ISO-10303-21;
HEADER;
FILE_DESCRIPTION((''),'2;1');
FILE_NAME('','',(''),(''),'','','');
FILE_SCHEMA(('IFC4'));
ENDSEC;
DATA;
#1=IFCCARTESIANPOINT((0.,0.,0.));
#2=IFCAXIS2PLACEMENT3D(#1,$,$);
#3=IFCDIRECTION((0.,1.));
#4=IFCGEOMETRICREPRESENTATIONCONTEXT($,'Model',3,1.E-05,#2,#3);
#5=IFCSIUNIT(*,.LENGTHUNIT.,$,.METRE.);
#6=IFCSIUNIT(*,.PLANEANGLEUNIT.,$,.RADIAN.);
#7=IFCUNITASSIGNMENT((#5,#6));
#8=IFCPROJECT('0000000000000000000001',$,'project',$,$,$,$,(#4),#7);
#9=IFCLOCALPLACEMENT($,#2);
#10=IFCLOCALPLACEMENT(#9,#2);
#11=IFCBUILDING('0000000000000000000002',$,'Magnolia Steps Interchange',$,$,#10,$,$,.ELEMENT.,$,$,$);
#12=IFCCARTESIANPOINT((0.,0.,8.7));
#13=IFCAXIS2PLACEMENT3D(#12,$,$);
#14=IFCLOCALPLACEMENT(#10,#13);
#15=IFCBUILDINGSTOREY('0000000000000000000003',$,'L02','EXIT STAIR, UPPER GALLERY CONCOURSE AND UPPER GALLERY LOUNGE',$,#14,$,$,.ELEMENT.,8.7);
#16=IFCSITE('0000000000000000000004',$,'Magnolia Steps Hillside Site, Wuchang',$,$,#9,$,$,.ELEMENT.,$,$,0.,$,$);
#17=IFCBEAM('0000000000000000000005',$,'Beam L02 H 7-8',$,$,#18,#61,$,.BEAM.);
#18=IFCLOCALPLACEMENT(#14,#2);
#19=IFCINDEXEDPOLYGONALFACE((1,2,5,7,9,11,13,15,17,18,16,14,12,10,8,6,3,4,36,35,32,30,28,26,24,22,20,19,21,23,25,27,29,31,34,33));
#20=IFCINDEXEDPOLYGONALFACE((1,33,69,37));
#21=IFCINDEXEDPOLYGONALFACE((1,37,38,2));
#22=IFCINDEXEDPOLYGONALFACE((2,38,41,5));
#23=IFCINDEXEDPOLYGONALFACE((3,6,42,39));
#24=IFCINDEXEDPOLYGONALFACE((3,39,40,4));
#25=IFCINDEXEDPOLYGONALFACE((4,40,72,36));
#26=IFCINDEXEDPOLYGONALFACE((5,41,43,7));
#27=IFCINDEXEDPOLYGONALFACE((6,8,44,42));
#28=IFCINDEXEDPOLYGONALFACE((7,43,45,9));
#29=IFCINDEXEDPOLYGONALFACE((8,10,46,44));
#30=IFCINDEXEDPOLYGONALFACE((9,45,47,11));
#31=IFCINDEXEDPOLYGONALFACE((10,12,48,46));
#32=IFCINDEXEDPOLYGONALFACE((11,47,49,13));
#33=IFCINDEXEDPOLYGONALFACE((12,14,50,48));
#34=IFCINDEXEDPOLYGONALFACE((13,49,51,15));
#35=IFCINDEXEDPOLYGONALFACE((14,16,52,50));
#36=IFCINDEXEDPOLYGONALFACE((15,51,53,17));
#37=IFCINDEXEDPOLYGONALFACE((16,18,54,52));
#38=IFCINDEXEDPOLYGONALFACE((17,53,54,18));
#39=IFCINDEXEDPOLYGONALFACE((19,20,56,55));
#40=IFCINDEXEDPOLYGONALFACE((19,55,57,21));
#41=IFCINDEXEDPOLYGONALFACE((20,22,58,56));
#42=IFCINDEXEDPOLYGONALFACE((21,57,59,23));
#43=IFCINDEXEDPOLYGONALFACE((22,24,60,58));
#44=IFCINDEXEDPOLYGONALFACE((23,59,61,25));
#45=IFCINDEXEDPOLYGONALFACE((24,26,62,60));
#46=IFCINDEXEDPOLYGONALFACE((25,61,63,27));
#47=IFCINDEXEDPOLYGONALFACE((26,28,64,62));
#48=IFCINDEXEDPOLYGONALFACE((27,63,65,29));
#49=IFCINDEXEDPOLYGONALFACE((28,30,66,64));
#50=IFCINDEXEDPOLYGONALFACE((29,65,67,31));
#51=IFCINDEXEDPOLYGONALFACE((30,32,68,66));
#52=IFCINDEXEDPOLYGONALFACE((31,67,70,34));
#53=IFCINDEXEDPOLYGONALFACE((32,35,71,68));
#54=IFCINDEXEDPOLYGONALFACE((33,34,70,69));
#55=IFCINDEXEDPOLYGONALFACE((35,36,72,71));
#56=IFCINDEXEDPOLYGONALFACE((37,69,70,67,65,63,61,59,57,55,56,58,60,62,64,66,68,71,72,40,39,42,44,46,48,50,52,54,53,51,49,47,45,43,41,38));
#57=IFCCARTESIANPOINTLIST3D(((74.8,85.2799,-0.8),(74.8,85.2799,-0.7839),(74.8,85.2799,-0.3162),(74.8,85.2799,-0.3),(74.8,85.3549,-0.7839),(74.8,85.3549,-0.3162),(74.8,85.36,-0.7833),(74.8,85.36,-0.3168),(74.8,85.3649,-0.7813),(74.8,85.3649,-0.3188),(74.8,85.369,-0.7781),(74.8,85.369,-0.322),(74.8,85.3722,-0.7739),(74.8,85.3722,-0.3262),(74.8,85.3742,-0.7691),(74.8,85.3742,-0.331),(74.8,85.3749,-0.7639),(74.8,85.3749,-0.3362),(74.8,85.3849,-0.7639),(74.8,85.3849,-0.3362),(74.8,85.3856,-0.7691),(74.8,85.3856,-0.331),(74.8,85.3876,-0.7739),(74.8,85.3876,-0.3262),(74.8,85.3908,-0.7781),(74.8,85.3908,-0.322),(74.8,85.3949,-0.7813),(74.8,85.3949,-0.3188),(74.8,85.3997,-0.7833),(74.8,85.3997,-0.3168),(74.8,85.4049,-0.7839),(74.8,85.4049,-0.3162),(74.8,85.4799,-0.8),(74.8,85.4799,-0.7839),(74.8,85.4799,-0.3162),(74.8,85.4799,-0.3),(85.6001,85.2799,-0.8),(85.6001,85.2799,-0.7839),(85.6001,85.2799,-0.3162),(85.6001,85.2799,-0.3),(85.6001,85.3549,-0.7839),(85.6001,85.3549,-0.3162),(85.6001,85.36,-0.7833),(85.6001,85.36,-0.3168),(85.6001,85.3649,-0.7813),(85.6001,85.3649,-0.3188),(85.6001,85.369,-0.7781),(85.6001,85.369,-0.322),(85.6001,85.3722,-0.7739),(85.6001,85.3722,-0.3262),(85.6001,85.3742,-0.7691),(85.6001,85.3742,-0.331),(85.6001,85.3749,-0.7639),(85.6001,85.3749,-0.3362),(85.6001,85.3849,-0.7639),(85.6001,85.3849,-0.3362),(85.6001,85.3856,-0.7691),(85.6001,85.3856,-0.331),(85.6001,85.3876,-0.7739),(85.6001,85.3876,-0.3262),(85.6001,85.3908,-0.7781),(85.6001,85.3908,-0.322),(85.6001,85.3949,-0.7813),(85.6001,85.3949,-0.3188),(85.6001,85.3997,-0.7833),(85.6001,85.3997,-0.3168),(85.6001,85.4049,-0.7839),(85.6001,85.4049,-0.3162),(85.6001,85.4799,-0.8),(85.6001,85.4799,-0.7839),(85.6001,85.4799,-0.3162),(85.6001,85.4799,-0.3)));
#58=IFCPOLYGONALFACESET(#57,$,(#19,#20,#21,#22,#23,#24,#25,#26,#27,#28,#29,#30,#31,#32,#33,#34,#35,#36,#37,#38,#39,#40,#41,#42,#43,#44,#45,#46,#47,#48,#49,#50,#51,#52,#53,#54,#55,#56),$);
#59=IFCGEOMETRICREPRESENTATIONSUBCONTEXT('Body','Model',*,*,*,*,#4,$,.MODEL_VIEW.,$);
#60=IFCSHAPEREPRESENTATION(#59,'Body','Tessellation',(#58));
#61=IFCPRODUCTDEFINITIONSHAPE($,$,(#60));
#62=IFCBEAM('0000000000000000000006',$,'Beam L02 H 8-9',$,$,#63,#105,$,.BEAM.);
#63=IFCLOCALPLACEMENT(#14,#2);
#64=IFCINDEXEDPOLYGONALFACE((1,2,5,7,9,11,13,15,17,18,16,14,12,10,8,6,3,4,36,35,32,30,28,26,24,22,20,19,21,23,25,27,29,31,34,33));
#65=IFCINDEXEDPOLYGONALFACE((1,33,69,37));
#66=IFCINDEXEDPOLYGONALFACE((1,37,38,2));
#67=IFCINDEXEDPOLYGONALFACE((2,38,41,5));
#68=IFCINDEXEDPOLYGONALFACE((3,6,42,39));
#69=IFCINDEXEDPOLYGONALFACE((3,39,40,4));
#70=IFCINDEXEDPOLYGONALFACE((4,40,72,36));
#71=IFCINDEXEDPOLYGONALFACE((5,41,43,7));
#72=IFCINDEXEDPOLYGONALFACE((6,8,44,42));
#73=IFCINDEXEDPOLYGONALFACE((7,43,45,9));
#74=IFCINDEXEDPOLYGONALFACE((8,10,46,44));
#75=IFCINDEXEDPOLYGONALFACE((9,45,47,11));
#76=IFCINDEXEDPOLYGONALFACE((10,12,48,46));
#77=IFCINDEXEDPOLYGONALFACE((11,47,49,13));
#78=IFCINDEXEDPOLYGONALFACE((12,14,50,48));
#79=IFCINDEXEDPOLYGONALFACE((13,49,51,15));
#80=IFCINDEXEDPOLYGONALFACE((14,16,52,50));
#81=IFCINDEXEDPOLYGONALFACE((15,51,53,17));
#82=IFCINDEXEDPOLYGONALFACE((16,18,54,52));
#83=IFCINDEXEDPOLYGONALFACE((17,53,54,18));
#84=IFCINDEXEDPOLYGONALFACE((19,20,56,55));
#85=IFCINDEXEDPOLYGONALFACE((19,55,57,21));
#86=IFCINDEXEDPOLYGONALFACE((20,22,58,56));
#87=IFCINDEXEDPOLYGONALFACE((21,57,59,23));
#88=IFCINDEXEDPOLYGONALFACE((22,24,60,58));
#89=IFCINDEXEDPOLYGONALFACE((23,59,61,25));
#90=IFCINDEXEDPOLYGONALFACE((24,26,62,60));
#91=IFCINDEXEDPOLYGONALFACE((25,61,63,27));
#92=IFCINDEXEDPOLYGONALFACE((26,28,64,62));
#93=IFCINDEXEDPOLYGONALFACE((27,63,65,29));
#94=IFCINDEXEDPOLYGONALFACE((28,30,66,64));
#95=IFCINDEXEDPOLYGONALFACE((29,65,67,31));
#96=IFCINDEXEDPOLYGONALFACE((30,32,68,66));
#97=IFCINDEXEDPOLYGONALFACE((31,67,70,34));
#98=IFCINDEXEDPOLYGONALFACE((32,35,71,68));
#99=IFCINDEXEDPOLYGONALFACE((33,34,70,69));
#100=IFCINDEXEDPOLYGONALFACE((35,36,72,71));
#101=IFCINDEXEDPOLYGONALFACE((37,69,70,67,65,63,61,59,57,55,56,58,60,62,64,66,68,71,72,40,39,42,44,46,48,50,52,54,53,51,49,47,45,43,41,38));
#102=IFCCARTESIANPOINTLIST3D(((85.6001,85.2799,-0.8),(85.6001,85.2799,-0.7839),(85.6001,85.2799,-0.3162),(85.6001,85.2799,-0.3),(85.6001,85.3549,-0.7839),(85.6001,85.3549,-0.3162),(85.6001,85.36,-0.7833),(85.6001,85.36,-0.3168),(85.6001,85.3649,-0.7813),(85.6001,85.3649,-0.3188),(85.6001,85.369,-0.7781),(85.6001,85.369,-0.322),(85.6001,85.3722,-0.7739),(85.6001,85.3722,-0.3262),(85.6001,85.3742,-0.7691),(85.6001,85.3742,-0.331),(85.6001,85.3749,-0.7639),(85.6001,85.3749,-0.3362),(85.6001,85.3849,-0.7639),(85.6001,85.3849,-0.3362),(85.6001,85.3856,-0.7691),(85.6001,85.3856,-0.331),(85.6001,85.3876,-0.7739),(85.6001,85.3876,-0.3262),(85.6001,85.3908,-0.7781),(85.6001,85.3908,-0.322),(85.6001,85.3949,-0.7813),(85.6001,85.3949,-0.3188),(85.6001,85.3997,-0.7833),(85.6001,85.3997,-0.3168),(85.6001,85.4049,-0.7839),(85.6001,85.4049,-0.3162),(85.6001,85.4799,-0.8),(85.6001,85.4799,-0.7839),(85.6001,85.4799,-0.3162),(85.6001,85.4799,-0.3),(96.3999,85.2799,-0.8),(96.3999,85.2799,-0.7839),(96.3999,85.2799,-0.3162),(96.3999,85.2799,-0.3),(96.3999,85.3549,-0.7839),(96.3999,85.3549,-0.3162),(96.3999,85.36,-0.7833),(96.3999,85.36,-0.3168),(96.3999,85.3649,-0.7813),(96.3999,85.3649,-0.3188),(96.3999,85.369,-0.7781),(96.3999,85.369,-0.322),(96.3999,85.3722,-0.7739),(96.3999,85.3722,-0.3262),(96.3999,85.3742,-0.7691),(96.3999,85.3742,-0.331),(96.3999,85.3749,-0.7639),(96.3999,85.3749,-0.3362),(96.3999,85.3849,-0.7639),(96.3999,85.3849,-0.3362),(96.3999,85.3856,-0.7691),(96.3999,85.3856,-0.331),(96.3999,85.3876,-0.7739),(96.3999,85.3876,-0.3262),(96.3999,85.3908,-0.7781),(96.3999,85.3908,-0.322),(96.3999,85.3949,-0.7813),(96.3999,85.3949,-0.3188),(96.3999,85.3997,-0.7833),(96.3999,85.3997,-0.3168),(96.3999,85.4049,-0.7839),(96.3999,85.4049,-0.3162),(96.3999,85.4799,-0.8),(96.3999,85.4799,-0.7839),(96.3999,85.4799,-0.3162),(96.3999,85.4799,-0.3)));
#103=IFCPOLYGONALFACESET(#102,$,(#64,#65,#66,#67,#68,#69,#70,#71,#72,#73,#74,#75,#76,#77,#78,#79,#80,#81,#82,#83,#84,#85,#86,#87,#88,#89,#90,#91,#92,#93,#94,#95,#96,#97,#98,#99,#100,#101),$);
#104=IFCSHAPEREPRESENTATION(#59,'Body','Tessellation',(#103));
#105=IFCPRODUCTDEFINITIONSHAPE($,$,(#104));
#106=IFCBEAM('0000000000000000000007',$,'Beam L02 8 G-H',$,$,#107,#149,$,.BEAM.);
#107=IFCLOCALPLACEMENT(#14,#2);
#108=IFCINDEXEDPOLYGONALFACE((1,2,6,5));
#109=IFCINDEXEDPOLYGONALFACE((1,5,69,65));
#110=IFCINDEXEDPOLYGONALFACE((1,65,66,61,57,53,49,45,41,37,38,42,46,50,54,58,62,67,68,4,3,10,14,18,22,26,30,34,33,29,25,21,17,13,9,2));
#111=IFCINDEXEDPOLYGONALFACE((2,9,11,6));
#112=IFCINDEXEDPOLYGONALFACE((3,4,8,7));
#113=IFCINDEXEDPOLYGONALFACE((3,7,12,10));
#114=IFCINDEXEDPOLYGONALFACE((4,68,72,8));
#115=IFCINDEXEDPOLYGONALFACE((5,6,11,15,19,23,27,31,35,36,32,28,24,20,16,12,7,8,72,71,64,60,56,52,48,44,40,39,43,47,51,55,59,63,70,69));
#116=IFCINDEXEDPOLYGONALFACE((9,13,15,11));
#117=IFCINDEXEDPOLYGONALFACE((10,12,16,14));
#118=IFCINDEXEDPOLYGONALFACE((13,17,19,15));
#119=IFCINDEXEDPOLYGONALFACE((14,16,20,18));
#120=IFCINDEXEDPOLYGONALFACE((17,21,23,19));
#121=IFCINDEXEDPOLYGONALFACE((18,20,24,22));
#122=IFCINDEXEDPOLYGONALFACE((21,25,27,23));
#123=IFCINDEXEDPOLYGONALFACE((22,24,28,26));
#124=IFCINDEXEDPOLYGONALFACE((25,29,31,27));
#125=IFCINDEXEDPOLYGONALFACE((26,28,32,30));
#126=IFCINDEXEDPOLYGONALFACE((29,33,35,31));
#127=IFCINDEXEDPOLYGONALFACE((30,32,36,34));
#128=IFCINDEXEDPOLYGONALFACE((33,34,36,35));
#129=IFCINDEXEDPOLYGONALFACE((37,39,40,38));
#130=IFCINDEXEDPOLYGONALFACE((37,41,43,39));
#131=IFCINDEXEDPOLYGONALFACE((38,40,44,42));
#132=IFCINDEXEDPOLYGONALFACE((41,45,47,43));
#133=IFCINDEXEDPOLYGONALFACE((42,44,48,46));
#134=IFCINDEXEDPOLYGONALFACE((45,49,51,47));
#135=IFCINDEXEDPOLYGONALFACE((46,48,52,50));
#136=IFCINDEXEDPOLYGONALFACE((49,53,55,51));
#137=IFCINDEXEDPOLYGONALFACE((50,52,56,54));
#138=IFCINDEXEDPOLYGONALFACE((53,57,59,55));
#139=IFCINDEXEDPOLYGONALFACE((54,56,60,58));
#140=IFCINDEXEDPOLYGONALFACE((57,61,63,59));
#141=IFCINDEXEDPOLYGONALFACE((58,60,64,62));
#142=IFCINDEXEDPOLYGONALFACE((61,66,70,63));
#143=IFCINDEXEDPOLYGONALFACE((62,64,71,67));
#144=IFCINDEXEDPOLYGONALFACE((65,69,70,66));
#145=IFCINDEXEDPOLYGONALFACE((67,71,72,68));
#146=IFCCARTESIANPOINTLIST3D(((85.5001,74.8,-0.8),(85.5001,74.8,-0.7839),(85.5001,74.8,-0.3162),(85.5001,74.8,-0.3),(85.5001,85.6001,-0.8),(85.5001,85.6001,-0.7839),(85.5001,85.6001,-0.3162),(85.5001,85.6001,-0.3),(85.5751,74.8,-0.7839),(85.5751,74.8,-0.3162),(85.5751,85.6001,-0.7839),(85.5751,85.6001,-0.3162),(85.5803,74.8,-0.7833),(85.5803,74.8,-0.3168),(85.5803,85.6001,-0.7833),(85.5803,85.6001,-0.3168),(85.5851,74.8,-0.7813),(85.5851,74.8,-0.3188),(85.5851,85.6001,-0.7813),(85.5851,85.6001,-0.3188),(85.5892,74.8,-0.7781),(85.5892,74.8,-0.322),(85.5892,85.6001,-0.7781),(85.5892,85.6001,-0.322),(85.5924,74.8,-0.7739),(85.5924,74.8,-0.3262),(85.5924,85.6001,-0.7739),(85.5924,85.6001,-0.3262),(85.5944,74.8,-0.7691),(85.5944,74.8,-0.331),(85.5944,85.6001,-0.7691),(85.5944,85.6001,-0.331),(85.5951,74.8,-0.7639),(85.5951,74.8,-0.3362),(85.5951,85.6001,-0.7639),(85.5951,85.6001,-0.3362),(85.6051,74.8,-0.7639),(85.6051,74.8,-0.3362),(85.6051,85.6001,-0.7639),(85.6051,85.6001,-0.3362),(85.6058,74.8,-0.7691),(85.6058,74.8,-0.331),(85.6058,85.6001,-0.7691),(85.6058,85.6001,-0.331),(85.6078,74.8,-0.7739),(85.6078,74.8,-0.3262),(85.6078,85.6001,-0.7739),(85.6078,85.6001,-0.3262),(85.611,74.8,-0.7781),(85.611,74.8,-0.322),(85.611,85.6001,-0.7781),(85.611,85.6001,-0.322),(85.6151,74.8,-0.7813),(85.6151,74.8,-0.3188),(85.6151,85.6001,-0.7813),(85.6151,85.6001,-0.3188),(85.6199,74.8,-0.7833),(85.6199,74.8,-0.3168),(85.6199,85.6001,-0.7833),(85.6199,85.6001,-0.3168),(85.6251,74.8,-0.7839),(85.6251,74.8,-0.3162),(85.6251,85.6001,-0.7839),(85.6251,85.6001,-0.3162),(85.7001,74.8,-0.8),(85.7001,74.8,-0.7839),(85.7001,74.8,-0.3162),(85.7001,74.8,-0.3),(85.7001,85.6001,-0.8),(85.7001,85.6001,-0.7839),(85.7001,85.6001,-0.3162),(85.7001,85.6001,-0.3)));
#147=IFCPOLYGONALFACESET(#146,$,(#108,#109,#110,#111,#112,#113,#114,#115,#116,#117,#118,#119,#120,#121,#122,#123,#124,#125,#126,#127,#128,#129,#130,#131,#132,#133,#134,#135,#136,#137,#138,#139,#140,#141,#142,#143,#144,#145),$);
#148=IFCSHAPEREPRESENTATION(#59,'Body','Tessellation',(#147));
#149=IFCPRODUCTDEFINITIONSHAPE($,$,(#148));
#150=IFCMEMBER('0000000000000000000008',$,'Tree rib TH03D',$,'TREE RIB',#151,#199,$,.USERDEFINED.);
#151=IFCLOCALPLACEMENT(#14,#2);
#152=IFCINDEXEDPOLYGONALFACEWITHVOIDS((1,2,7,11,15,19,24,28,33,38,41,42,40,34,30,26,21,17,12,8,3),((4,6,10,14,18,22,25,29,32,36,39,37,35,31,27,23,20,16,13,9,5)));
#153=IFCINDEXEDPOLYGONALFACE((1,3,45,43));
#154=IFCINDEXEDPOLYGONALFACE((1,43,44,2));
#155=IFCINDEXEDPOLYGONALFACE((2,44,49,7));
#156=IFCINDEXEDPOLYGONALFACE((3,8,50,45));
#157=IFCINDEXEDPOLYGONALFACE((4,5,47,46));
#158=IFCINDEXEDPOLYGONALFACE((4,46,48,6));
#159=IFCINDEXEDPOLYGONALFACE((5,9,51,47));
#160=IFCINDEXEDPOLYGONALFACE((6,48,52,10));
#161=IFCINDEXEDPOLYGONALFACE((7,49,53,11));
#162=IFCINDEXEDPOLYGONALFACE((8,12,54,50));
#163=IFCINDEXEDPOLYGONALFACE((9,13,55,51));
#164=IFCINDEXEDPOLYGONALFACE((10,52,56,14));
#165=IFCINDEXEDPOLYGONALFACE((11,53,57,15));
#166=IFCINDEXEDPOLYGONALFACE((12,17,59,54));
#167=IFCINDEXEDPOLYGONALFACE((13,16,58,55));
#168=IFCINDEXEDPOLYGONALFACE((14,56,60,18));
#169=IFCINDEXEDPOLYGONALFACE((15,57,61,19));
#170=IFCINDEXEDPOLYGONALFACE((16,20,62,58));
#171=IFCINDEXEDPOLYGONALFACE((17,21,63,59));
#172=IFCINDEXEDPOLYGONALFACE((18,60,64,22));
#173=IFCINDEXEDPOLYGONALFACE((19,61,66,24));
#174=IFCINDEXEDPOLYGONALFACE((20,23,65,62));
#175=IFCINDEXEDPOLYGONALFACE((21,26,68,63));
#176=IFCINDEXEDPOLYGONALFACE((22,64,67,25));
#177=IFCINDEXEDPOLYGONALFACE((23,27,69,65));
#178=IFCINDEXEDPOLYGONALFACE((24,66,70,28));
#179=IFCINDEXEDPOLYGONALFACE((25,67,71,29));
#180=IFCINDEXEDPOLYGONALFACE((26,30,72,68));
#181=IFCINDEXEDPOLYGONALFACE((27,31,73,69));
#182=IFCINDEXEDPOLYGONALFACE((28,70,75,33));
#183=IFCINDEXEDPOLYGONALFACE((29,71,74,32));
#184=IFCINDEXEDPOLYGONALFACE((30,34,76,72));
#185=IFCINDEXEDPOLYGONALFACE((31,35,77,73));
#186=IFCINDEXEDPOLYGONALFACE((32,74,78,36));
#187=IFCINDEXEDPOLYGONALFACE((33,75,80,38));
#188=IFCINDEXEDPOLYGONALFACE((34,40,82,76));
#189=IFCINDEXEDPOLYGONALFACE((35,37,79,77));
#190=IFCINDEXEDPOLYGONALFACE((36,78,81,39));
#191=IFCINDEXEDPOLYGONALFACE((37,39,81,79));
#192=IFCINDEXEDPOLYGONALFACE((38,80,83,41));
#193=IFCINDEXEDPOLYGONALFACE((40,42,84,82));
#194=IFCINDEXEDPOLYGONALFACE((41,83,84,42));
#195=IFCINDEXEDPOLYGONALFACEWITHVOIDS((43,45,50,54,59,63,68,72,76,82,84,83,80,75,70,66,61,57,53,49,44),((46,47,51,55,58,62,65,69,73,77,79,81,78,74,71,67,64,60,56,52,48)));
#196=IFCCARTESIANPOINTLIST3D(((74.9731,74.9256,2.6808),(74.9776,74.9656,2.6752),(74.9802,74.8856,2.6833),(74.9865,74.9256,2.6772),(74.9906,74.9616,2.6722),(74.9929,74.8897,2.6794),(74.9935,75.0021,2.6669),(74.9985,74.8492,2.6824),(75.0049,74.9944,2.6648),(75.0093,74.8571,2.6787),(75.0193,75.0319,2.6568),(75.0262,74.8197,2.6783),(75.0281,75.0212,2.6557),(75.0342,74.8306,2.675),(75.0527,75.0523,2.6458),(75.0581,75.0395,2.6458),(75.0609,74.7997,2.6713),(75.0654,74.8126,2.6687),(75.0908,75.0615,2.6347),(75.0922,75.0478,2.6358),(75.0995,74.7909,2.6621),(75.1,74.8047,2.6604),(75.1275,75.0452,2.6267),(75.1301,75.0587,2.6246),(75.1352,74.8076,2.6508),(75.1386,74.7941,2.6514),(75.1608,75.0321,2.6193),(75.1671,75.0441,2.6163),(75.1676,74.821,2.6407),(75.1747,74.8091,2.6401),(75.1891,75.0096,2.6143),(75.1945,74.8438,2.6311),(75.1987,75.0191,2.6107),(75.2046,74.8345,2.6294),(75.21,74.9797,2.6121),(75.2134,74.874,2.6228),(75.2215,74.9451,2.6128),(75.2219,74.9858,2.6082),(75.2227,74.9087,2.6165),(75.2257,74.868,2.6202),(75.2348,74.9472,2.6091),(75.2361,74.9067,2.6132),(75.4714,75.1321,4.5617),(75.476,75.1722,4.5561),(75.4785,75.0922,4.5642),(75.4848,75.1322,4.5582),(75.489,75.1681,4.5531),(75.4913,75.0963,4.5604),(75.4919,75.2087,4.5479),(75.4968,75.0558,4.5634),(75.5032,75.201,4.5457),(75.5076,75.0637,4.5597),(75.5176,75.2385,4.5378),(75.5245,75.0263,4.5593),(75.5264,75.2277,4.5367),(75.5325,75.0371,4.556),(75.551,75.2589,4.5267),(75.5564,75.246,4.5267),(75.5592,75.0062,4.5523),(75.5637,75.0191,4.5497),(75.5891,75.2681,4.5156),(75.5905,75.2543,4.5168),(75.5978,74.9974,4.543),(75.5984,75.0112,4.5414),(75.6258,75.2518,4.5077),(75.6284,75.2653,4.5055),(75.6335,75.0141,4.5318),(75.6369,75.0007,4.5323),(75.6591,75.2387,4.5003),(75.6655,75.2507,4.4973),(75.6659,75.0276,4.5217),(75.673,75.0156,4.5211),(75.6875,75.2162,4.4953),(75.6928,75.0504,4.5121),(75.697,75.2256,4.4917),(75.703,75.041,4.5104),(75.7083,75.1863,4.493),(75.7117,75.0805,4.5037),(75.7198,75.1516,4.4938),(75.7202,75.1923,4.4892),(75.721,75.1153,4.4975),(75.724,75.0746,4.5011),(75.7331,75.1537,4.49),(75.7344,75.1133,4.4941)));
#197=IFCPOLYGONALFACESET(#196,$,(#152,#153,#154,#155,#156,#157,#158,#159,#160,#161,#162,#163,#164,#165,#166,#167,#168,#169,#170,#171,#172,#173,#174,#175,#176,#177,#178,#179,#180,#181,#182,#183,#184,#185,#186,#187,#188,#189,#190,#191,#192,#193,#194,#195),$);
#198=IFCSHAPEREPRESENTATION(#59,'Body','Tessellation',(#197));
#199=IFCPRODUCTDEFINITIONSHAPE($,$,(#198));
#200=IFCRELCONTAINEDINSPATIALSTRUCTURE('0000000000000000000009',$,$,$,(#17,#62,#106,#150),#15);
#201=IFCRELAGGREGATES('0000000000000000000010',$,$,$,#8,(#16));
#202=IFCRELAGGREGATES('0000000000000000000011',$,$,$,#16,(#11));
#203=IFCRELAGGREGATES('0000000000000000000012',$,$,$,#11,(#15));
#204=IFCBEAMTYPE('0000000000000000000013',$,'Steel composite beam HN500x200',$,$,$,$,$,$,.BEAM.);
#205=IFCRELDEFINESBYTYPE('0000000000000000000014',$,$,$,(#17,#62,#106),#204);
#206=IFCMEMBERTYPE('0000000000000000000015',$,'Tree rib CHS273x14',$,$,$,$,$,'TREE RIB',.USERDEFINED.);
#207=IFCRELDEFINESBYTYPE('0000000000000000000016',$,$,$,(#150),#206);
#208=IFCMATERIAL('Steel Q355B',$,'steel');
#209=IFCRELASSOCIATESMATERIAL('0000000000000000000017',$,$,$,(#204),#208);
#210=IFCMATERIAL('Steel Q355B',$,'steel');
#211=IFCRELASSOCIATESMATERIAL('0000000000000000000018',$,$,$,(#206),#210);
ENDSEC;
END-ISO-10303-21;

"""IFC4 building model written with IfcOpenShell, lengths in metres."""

from ifc_helpers import new_model, si_unit, direction, frame, origin, origin_2d, place, context, subcontext, project, spatial, hollow_circle, i_section, extrude, material, material_profile, profile_set, type_object, element, save


model = new_model("IFC4")

# Units and contexts
model_context = context("Model", 3, precision=1e-05, world=origin(), true_north=direction((0.0, 1.0)))
body_context = subcontext(model_context, "Body", "Model", "MODEL_VIEW")
ifc_project = project(units=[si_unit("LENGTHUNIT", "METRE"), si_unit("PLANEANGLEUNIT", "RADIAN")], contexts=[model_context])

# Site, building, storey
site_placement = place(None, origin())
site = spatial("IfcSite", under=ifc_project, at=site_placement, Name="Magnolia Steps Hillside Site, Wuchang", CompositionType="ELEMENT", RefElevation=0.0)
building_placement = place(site_placement, origin())
building = spatial("IfcBuilding", under=site, at=building_placement, Name="Magnolia Steps Interchange", CompositionType="ELEMENT")
storey_placement = place(building_placement, frame((0.0, 0.0, 8.7)))
storey = spatial("IfcBuildingStorey", under=building, at=storey_placement, Name="L02", Description="EXIT STAIR, UPPER GALLERY CONCOURSE AND UPPER GALLERY LOUNGE", CompositionType="ELEMENT", Elevation=8.7)

# Beams
ifc_material_1 = material(Name="Steel Q355B", Category="steel")
ifc_material_profile_1 = material_profile(ifc_material_1, i_section(OverallWidth=0.2, OverallDepth=0.5, WebThickness=0.01, FlangeThickness=0.0161, FilletRadius=0.02, at=origin_2d()), Name="HN500x200")
ifc_profile_set_1 = profile_set([ifc_material_profile_1], Name="Steel Q355B")
beam_type = type_object("IfcBeamType", Name="Steel composite beam HN500x200", PredefinedType="BEAM", material=ifc_profile_set_1)
beam_1_placement = place(storey_placement, frame((74.8, 85.3799, -0.55), z_axis=(1.0, 0.0, 0.0), x_axis=(0.0, 1.0, 0.0)))
element("IfcBeam", 1, at=beam_1_placement, inside=storey, type_object=beam_type, Name="Beam L02 H 7-8", PredefinedType="BEAM", context=body_context, shape_type="SweptSolid", body=[
    extrude(i_section(OverallWidth=0.2, OverallDepth=0.5, WebThickness=0.01, FlangeThickness=0.0161, FilletRadius=0.02, at=origin_2d()), origin(), (0.0, 0.0, 1.0), 10.8),
])
beam_2_placement = place(storey_placement, frame((85.6001, 85.3799, -0.55), z_axis=(1.0, 0.0, 0.0), x_axis=(0.0, 1.0, 0.0)))
element("IfcBeam", 2, at=beam_2_placement, inside=storey, type_object=beam_type, Name="Beam L02 H 8-9", PredefinedType="BEAM", context=body_context, shape_type="SweptSolid", body=[
    extrude(i_section(OverallWidth=0.2, OverallDepth=0.5, WebThickness=0.01, FlangeThickness=0.0161, FilletRadius=0.02, at=origin_2d()), origin(), (0.0, 0.0, 1.0), 10.7998),
])
beam_3_placement = place(storey_placement, frame((85.6001, 74.8, -0.55), z_axis=(0.0, 1.0, 0.0), x_axis=(-1.0, 0.0, 0.0)))
element("IfcBeam", 3, at=beam_3_placement, inside=storey, type_object=beam_type, Name="Beam L02 8 G-H", PredefinedType="BEAM", context=body_context, shape_type="SweptSolid", body=[
    extrude(i_section(OverallWidth=0.2, OverallDepth=0.5, WebThickness=0.01, FlangeThickness=0.0161, FilletRadius=0.02, at=origin_2d()), origin(), (0.0, 0.0, 1.0), 10.8),
])

# Member
ifc_material_2 = material(Name="Steel Q355B", Category="steel")
ifc_material_profile_2 = material_profile(ifc_material_2, hollow_circle(Radius=0.1365, WallThickness=0.0139, at=origin_2d()), Name="CHS273x14")
ifc_profile_set_2 = profile_set([ifc_material_profile_2], Name="Steel Q355B")
member_type_1 = type_object("IfcMemberType", Name="Tree rib CHS273x14", ElementType="TREE RIB", PredefinedType="USERDEFINED", material=ifc_profile_set_2)
for number, where, z_axis, x_axis, name in (
    (4, (75.105, 74.9263, 2.6458), (0.254662, 0.105558, 0.961252), (-0.382911, 0.923785, 0.0), "Tree rib TH03D"),
):
    element("IfcMember", number, at=place(storey_placement, frame(where, z_axis=z_axis, x_axis=x_axis)), inside=storey, type_object=member_type_1, Name=name, ObjectType="TREE RIB", PredefinedType="USERDEFINED", context=body_context, shape_type="SweptSolid", body=[
        extrude(hollow_circle(Radius=0.1365, WallThickness=0.0139, at=origin_2d()), origin(), (0.0, 0.0, 1.0), 1.9568),
    ])

save(model, "model.ifc")
